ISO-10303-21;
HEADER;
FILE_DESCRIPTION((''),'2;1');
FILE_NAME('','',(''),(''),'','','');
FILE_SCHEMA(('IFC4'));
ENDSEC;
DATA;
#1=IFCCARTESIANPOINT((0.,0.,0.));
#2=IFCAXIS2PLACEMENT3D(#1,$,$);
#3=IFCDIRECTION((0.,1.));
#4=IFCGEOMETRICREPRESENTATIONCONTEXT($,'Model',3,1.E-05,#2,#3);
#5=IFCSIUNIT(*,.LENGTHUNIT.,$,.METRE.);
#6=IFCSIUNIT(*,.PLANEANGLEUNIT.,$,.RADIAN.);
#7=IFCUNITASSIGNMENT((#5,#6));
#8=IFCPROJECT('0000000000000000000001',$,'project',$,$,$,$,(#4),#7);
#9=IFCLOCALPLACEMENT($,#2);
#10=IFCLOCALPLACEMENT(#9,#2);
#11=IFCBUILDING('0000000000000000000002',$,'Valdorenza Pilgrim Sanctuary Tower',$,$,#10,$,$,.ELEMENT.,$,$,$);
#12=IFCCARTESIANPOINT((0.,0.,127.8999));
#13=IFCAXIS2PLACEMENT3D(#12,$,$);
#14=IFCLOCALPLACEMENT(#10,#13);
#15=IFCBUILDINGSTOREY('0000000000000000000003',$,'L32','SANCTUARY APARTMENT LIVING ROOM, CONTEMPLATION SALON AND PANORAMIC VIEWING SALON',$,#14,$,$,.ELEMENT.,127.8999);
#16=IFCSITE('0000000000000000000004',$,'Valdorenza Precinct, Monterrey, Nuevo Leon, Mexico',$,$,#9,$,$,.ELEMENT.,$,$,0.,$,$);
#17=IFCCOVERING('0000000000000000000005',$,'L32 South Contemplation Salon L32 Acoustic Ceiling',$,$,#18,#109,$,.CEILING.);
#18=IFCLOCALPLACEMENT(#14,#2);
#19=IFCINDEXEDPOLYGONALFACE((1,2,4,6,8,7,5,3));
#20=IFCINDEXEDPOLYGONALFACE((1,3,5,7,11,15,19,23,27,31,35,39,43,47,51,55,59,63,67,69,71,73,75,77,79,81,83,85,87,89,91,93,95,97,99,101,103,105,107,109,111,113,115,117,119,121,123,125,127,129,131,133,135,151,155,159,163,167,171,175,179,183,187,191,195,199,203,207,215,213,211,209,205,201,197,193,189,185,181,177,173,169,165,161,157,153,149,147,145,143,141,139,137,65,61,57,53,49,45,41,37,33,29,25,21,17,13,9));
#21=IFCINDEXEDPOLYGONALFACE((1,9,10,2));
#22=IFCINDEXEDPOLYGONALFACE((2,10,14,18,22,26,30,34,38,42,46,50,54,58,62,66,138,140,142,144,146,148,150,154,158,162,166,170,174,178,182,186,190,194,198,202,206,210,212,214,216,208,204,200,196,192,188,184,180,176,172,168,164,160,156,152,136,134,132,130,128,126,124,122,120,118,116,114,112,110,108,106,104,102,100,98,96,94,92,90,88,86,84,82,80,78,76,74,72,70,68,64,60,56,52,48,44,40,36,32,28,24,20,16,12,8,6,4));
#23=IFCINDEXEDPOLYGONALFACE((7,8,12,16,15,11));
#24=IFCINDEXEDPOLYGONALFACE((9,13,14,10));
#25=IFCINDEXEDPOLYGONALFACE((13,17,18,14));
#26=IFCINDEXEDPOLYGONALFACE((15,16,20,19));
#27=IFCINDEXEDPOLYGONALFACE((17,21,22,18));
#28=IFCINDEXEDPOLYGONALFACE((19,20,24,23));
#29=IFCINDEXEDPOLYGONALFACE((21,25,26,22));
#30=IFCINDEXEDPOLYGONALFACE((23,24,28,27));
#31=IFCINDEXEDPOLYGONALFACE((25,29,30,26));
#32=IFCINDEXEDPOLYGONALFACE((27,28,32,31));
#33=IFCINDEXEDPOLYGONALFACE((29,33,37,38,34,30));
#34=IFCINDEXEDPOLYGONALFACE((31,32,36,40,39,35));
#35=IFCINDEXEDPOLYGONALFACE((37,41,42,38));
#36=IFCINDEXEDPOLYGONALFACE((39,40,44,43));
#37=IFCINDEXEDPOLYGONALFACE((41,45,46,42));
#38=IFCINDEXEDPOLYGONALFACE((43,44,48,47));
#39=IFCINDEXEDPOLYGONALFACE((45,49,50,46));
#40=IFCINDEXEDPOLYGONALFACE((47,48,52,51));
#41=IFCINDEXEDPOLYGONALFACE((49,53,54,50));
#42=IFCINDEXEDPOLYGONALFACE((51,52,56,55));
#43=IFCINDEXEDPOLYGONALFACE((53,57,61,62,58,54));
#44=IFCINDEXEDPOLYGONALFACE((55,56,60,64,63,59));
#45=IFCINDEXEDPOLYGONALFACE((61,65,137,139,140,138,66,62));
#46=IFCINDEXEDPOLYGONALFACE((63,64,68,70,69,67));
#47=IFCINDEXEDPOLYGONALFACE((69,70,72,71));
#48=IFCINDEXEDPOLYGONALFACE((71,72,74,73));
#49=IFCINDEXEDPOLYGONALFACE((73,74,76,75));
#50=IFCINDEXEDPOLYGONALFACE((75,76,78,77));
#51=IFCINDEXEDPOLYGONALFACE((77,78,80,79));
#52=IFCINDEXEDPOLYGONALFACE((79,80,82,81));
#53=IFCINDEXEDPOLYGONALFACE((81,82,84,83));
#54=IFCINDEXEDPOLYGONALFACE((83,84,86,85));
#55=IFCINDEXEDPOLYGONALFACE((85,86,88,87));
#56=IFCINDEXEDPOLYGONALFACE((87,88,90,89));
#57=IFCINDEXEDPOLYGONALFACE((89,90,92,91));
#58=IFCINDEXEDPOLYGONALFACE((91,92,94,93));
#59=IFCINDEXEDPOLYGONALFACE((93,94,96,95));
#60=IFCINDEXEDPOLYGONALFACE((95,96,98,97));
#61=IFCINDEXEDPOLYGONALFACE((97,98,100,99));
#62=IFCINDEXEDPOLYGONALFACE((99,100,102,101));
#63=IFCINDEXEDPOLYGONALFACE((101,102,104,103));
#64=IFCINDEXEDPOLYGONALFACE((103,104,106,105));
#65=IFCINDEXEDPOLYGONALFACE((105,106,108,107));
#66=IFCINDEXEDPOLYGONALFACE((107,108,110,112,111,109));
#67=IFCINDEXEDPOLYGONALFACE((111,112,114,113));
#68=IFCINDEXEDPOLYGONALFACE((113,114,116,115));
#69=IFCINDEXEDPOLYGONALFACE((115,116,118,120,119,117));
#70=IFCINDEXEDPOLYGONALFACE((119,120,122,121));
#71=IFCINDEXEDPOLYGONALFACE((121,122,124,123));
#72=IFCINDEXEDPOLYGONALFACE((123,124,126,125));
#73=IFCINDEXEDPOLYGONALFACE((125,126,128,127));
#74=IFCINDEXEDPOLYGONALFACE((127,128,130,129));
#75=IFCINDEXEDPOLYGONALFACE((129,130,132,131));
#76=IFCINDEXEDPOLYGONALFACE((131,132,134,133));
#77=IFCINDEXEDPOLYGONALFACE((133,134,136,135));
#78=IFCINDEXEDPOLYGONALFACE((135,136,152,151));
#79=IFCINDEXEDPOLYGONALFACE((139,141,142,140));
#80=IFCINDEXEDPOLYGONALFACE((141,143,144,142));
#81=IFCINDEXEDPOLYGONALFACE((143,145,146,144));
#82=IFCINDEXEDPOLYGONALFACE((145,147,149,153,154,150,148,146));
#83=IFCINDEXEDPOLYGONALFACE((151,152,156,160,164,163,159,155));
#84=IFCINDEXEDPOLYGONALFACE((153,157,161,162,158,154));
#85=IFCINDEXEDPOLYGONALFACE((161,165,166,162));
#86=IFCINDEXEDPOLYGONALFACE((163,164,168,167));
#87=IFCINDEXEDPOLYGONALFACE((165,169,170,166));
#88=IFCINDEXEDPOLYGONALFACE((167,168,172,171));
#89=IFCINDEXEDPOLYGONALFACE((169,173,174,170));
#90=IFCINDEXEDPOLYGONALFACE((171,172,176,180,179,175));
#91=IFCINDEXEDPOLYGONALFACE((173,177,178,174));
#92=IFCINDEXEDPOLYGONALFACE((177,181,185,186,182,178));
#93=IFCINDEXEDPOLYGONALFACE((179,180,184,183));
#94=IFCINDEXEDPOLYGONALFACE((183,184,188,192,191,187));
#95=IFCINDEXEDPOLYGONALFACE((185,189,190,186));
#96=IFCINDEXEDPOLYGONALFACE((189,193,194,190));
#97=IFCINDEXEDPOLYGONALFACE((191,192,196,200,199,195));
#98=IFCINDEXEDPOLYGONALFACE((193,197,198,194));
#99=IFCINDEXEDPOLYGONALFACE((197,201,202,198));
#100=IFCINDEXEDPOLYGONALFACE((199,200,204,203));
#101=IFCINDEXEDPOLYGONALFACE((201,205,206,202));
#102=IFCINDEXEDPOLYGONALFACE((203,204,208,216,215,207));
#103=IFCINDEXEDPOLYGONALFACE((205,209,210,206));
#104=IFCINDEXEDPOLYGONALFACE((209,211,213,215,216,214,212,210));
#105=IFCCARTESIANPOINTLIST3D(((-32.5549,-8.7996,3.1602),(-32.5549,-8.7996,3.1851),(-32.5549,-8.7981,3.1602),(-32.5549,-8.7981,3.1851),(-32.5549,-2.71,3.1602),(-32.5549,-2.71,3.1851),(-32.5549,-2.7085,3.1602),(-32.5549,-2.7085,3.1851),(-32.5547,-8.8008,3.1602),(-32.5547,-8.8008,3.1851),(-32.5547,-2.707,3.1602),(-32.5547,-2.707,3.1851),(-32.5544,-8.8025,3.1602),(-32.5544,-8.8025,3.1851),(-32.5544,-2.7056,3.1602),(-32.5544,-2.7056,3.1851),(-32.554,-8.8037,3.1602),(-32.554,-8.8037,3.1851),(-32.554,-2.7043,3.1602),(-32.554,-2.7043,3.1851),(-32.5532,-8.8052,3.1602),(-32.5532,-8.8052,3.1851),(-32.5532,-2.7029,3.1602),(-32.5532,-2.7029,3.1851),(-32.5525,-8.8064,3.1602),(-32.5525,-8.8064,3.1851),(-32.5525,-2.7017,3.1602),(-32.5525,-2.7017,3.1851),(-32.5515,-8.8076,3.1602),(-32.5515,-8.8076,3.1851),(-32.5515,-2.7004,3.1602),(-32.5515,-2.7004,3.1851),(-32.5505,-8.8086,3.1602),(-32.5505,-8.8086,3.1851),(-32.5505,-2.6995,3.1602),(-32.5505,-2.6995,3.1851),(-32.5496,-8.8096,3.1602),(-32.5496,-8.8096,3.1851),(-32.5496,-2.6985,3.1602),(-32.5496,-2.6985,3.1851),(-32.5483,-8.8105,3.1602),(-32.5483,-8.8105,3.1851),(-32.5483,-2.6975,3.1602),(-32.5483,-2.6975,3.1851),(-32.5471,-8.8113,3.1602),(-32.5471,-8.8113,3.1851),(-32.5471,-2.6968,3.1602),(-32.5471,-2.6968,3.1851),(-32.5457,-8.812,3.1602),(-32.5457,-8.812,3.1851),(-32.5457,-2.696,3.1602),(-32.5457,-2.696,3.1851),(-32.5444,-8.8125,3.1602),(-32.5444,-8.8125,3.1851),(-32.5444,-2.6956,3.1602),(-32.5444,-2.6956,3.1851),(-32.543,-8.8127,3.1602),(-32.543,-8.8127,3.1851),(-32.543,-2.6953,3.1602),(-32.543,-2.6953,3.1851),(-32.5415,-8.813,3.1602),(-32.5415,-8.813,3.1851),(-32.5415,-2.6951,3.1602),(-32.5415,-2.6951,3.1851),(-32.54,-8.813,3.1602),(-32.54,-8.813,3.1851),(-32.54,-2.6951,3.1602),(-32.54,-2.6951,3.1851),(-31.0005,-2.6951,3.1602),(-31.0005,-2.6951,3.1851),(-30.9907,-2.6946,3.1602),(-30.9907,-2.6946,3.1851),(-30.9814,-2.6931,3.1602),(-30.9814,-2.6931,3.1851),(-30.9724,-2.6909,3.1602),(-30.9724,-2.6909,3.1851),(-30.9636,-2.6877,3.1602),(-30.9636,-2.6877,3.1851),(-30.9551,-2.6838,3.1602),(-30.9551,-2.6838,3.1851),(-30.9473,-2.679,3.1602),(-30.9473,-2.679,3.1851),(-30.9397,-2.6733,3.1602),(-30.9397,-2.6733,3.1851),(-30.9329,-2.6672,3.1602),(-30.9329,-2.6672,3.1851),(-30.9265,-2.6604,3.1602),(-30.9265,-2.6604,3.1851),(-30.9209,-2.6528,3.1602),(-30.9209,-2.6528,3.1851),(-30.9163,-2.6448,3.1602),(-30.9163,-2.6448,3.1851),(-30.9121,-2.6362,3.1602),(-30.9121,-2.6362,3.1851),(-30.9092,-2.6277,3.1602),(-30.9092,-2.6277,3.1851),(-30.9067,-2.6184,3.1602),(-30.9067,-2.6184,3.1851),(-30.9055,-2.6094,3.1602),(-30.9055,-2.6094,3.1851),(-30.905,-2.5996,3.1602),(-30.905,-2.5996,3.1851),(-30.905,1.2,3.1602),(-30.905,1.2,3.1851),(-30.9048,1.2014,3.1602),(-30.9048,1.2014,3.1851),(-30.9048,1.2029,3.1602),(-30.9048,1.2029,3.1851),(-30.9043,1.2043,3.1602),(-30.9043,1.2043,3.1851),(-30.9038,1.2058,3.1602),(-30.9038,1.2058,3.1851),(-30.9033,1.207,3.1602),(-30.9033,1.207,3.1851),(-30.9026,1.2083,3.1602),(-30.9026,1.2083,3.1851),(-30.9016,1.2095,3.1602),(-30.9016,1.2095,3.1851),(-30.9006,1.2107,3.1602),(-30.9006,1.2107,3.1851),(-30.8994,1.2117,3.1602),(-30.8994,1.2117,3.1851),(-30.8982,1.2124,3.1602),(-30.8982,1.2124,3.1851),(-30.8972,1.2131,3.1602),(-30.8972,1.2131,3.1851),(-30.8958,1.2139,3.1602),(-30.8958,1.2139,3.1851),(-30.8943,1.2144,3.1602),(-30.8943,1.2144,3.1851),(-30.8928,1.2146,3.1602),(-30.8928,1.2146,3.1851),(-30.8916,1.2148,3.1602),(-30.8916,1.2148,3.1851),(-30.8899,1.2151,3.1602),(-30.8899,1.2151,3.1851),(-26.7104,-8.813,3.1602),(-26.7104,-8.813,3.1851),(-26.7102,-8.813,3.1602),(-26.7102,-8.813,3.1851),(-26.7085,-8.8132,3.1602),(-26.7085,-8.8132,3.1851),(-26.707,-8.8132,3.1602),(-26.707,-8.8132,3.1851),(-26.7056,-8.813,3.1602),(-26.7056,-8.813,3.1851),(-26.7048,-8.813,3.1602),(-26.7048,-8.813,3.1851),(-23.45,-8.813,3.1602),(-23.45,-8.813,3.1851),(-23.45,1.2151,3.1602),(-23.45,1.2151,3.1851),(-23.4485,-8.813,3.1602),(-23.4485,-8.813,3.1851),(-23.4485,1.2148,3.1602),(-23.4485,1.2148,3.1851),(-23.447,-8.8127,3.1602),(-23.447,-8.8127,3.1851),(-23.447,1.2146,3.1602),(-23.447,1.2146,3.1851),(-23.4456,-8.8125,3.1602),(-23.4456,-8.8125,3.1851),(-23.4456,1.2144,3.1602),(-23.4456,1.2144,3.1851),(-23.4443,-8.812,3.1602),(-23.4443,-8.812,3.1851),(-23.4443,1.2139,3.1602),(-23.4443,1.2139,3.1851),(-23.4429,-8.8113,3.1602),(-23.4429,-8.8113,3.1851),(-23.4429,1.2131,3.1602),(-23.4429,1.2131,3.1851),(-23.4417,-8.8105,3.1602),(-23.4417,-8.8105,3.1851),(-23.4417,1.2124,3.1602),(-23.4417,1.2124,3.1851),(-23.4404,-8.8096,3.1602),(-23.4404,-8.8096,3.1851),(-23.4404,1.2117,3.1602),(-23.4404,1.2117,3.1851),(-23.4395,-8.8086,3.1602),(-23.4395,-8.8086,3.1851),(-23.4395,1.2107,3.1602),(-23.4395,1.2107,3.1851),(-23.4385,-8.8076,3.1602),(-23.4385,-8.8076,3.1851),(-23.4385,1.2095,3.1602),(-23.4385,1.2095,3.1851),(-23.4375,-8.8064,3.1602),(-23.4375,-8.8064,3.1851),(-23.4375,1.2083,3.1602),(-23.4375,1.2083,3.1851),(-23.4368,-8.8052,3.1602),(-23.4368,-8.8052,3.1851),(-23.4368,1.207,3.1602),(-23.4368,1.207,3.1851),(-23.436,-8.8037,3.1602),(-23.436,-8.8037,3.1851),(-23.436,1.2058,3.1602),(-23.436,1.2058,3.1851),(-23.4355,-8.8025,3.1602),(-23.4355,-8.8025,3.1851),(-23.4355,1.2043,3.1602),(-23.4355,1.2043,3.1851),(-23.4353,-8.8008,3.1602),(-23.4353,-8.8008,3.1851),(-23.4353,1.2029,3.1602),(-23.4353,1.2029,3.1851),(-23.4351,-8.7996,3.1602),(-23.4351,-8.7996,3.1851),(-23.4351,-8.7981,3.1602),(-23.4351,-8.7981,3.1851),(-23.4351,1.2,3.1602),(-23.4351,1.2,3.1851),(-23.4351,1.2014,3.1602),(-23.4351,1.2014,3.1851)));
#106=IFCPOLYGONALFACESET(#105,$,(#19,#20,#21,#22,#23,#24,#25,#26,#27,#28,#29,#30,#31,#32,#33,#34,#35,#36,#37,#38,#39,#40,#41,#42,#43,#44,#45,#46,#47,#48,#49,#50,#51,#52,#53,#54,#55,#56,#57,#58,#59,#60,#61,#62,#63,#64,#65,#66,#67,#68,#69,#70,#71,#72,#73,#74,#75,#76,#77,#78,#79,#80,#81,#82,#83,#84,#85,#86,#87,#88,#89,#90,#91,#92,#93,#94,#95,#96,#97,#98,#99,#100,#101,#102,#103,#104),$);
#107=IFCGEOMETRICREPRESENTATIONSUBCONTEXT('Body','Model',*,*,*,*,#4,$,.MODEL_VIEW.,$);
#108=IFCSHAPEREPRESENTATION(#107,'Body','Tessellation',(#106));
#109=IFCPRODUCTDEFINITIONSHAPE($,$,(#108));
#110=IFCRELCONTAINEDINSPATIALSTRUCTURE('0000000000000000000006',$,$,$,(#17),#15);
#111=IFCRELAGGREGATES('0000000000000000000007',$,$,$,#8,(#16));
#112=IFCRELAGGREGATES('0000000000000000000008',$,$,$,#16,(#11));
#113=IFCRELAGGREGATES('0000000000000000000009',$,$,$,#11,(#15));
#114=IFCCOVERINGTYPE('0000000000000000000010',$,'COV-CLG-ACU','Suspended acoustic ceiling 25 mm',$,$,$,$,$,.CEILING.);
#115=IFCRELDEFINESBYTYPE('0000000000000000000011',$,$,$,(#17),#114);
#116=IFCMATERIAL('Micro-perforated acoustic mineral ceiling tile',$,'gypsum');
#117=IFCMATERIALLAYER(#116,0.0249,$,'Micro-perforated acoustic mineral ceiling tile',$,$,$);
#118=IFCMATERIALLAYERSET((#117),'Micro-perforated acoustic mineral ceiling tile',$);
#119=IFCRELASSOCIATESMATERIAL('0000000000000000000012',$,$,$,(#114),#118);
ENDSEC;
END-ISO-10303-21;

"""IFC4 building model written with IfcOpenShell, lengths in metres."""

from ifc_helpers import new_model, si_unit, direction, frame, origin, place, context, subcontext, project, spatial, polyline, outline, extrude, material, layer, layer_set, type_object, element, save


model = new_model("IFC4")

# Units and contexts
model_context = context("Model", 3, precision=1e-05, world=origin(), true_north=direction((0.0, 1.0)))
body_context = subcontext(model_context, "Body", "Model", "MODEL_VIEW")
ifc_project = project(units=[si_unit("LENGTHUNIT", "METRE"), si_unit("PLANEANGLEUNIT", "RADIAN")], contexts=[model_context])

# Site, building, storey
site_placement = place(None, origin())
site = spatial("IfcSite", under=ifc_project, at=site_placement, Name="Valdorenza Precinct, Monterrey, Nuevo Leon, Mexico", CompositionType="ELEMENT", RefElevation=0.0)
building_placement = place(site_placement, origin())
building = spatial("IfcBuilding", under=site, at=building_placement, Name="Valdorenza Pilgrim Sanctuary Tower", CompositionType="ELEMENT")
storey_placement = place(building_placement, frame((0.0, 0.0, 127.8999)))
storey = spatial("IfcBuildingStorey", under=building, at=storey_placement, Name="L32", Description="SANCTUARY APARTMENT LIVING ROOM, CONTEMPLATION SALON AND PANORAMIC VIEWING SALON", CompositionType="ELEMENT", Elevation=127.8999)

# Covering
ifc_material_1 = material(Name="Micro-perforated acoustic mineral ceiling tile", Category="gypsum")
ifc_layer_1 = layer(ifc_material_1, 0.0249, Name="Micro-perforated acoustic mineral ceiling tile")
ifc_layer_set_1 = layer_set([ifc_layer_1], Name="Micro-perforated acoustic mineral ceiling tile")
covering_type_1 = type_object("IfcCoveringType", Name="COV-CLG-ACU", Description="Suspended acoustic ceiling 25 mm", PredefinedType="CEILING", material=ifc_layer_set_1)
covering_1_placement = place(storey_placement, frame((0.0, 0.0, 3.1602)))
element("IfcCovering", 1, at=covering_1_placement, inside=storey, type_object=covering_type_1, Name="L32 South Contemplation Salon L32 Acoustic Ceiling", PredefinedType="CEILING", context=body_context, shape_type="SweptSolid", body=[
    extrude(outline(polyline([(-26.7104, -8.813), (-32.54, -8.813), (-32.5415, -8.813), (-32.543, -8.8127), (-32.5444, -8.8125), (-32.5457, -8.812), (-32.5471, -8.8113), (-32.5483, -8.8105), (-32.5496, -8.8096), (-32.5505, -8.8086), (-32.5515, -8.8076), (-32.5525, -8.8064), (-32.5532, -8.8052), (-32.554, -8.8037), (-32.5544, -8.8025), (-32.5547, -8.8008), (-32.5549, -8.7996), (-32.5549, -8.7981), (-32.5549, -2.71), (-32.5549, -2.7085), (-32.5547, -2.707), (-32.5544, -2.7056), (-32.554, -2.7043), (-32.5532, -2.7029), (-32.5525, -2.7017), (-32.5515, -2.7004), (-32.5505, -2.6995), (-32.5496, -2.6985), (-32.5483, -2.6975), (-32.5471, -2.6968), (-32.5457, -2.696), (-32.5444, -2.6956), (-32.543, -2.6953), (-32.5415, -2.6951), (-32.54, -2.6951), (-31.0005, -2.6951), (-30.9907, -2.6946), (-30.9814, -2.6931), (-30.9724, -2.6909), (-30.9636, -2.6877), (-30.9551, -2.6838), (-30.9473, -2.679), (-30.9397, -2.6733), (-30.9329, -2.6672), (-30.9265, -2.6604), (-30.9209, -2.6528), (-30.9163, -2.6448), (-30.9121, -2.6362), (-30.9092, -2.6277), (-30.9067, -2.6184), (-30.9055, -2.6094), (-30.905, -2.5996), (-30.905, 1.2), (-30.9048, 1.2014), (-30.9048, 1.2029), (-30.9043, 1.2043), (-30.9038, 1.2058), (-30.9033, 1.207), (-30.9026, 1.2083), (-30.9016, 1.2095), (-30.9006, 1.2107), (-30.8994, 1.2117), (-30.8982, 1.2124), (-30.8972, 1.2131), (-30.8958, 1.2139), (-30.8943, 1.2144), (-30.8928, 1.2146), (-30.8916, 1.2148), (-30.8899, 1.2151), (-23.45, 1.2151), (-23.4485, 1.2148), (-23.447, 1.2146), (-23.4456, 1.2144), (-23.4443, 1.2139), (-23.4429, 1.2131), (-23.4417, 1.2124), (-23.4404, 1.2117), (-23.4395, 1.2107), (-23.4385, 1.2095), (-23.4375, 1.2083), (-23.4368, 1.207), (-23.436, 1.2058), (-23.4355, 1.2043), (-23.4353, 1.2029), (-23.4351, 1.2014), (-23.4351, 1.2), (-23.4351, -8.7981), (-23.4351, -8.7996), (-23.4353, -8.8008), (-23.4355, -8.8025), (-23.436, -8.8037), (-23.4368, -8.8052), (-23.4375, -8.8064), (-23.4385, -8.8076), (-23.4395, -8.8086), (-23.4404, -8.8096), (-23.4417, -8.8105), (-23.4429, -8.8113), (-23.4443, -8.812), (-23.4456, -8.8125), (-23.447, -8.8127), (-23.4485, -8.813), (-23.45, -8.813), (-26.7048, -8.813), (-26.7056, -8.813), (-26.707, -8.8132), (-26.7085, -8.8132), (-26.7102, -8.813), (-26.7104, -8.813)])), origin(), (0.0, 0.0, 1.0), 0.0249),
])

save(model, "model.ifc")
